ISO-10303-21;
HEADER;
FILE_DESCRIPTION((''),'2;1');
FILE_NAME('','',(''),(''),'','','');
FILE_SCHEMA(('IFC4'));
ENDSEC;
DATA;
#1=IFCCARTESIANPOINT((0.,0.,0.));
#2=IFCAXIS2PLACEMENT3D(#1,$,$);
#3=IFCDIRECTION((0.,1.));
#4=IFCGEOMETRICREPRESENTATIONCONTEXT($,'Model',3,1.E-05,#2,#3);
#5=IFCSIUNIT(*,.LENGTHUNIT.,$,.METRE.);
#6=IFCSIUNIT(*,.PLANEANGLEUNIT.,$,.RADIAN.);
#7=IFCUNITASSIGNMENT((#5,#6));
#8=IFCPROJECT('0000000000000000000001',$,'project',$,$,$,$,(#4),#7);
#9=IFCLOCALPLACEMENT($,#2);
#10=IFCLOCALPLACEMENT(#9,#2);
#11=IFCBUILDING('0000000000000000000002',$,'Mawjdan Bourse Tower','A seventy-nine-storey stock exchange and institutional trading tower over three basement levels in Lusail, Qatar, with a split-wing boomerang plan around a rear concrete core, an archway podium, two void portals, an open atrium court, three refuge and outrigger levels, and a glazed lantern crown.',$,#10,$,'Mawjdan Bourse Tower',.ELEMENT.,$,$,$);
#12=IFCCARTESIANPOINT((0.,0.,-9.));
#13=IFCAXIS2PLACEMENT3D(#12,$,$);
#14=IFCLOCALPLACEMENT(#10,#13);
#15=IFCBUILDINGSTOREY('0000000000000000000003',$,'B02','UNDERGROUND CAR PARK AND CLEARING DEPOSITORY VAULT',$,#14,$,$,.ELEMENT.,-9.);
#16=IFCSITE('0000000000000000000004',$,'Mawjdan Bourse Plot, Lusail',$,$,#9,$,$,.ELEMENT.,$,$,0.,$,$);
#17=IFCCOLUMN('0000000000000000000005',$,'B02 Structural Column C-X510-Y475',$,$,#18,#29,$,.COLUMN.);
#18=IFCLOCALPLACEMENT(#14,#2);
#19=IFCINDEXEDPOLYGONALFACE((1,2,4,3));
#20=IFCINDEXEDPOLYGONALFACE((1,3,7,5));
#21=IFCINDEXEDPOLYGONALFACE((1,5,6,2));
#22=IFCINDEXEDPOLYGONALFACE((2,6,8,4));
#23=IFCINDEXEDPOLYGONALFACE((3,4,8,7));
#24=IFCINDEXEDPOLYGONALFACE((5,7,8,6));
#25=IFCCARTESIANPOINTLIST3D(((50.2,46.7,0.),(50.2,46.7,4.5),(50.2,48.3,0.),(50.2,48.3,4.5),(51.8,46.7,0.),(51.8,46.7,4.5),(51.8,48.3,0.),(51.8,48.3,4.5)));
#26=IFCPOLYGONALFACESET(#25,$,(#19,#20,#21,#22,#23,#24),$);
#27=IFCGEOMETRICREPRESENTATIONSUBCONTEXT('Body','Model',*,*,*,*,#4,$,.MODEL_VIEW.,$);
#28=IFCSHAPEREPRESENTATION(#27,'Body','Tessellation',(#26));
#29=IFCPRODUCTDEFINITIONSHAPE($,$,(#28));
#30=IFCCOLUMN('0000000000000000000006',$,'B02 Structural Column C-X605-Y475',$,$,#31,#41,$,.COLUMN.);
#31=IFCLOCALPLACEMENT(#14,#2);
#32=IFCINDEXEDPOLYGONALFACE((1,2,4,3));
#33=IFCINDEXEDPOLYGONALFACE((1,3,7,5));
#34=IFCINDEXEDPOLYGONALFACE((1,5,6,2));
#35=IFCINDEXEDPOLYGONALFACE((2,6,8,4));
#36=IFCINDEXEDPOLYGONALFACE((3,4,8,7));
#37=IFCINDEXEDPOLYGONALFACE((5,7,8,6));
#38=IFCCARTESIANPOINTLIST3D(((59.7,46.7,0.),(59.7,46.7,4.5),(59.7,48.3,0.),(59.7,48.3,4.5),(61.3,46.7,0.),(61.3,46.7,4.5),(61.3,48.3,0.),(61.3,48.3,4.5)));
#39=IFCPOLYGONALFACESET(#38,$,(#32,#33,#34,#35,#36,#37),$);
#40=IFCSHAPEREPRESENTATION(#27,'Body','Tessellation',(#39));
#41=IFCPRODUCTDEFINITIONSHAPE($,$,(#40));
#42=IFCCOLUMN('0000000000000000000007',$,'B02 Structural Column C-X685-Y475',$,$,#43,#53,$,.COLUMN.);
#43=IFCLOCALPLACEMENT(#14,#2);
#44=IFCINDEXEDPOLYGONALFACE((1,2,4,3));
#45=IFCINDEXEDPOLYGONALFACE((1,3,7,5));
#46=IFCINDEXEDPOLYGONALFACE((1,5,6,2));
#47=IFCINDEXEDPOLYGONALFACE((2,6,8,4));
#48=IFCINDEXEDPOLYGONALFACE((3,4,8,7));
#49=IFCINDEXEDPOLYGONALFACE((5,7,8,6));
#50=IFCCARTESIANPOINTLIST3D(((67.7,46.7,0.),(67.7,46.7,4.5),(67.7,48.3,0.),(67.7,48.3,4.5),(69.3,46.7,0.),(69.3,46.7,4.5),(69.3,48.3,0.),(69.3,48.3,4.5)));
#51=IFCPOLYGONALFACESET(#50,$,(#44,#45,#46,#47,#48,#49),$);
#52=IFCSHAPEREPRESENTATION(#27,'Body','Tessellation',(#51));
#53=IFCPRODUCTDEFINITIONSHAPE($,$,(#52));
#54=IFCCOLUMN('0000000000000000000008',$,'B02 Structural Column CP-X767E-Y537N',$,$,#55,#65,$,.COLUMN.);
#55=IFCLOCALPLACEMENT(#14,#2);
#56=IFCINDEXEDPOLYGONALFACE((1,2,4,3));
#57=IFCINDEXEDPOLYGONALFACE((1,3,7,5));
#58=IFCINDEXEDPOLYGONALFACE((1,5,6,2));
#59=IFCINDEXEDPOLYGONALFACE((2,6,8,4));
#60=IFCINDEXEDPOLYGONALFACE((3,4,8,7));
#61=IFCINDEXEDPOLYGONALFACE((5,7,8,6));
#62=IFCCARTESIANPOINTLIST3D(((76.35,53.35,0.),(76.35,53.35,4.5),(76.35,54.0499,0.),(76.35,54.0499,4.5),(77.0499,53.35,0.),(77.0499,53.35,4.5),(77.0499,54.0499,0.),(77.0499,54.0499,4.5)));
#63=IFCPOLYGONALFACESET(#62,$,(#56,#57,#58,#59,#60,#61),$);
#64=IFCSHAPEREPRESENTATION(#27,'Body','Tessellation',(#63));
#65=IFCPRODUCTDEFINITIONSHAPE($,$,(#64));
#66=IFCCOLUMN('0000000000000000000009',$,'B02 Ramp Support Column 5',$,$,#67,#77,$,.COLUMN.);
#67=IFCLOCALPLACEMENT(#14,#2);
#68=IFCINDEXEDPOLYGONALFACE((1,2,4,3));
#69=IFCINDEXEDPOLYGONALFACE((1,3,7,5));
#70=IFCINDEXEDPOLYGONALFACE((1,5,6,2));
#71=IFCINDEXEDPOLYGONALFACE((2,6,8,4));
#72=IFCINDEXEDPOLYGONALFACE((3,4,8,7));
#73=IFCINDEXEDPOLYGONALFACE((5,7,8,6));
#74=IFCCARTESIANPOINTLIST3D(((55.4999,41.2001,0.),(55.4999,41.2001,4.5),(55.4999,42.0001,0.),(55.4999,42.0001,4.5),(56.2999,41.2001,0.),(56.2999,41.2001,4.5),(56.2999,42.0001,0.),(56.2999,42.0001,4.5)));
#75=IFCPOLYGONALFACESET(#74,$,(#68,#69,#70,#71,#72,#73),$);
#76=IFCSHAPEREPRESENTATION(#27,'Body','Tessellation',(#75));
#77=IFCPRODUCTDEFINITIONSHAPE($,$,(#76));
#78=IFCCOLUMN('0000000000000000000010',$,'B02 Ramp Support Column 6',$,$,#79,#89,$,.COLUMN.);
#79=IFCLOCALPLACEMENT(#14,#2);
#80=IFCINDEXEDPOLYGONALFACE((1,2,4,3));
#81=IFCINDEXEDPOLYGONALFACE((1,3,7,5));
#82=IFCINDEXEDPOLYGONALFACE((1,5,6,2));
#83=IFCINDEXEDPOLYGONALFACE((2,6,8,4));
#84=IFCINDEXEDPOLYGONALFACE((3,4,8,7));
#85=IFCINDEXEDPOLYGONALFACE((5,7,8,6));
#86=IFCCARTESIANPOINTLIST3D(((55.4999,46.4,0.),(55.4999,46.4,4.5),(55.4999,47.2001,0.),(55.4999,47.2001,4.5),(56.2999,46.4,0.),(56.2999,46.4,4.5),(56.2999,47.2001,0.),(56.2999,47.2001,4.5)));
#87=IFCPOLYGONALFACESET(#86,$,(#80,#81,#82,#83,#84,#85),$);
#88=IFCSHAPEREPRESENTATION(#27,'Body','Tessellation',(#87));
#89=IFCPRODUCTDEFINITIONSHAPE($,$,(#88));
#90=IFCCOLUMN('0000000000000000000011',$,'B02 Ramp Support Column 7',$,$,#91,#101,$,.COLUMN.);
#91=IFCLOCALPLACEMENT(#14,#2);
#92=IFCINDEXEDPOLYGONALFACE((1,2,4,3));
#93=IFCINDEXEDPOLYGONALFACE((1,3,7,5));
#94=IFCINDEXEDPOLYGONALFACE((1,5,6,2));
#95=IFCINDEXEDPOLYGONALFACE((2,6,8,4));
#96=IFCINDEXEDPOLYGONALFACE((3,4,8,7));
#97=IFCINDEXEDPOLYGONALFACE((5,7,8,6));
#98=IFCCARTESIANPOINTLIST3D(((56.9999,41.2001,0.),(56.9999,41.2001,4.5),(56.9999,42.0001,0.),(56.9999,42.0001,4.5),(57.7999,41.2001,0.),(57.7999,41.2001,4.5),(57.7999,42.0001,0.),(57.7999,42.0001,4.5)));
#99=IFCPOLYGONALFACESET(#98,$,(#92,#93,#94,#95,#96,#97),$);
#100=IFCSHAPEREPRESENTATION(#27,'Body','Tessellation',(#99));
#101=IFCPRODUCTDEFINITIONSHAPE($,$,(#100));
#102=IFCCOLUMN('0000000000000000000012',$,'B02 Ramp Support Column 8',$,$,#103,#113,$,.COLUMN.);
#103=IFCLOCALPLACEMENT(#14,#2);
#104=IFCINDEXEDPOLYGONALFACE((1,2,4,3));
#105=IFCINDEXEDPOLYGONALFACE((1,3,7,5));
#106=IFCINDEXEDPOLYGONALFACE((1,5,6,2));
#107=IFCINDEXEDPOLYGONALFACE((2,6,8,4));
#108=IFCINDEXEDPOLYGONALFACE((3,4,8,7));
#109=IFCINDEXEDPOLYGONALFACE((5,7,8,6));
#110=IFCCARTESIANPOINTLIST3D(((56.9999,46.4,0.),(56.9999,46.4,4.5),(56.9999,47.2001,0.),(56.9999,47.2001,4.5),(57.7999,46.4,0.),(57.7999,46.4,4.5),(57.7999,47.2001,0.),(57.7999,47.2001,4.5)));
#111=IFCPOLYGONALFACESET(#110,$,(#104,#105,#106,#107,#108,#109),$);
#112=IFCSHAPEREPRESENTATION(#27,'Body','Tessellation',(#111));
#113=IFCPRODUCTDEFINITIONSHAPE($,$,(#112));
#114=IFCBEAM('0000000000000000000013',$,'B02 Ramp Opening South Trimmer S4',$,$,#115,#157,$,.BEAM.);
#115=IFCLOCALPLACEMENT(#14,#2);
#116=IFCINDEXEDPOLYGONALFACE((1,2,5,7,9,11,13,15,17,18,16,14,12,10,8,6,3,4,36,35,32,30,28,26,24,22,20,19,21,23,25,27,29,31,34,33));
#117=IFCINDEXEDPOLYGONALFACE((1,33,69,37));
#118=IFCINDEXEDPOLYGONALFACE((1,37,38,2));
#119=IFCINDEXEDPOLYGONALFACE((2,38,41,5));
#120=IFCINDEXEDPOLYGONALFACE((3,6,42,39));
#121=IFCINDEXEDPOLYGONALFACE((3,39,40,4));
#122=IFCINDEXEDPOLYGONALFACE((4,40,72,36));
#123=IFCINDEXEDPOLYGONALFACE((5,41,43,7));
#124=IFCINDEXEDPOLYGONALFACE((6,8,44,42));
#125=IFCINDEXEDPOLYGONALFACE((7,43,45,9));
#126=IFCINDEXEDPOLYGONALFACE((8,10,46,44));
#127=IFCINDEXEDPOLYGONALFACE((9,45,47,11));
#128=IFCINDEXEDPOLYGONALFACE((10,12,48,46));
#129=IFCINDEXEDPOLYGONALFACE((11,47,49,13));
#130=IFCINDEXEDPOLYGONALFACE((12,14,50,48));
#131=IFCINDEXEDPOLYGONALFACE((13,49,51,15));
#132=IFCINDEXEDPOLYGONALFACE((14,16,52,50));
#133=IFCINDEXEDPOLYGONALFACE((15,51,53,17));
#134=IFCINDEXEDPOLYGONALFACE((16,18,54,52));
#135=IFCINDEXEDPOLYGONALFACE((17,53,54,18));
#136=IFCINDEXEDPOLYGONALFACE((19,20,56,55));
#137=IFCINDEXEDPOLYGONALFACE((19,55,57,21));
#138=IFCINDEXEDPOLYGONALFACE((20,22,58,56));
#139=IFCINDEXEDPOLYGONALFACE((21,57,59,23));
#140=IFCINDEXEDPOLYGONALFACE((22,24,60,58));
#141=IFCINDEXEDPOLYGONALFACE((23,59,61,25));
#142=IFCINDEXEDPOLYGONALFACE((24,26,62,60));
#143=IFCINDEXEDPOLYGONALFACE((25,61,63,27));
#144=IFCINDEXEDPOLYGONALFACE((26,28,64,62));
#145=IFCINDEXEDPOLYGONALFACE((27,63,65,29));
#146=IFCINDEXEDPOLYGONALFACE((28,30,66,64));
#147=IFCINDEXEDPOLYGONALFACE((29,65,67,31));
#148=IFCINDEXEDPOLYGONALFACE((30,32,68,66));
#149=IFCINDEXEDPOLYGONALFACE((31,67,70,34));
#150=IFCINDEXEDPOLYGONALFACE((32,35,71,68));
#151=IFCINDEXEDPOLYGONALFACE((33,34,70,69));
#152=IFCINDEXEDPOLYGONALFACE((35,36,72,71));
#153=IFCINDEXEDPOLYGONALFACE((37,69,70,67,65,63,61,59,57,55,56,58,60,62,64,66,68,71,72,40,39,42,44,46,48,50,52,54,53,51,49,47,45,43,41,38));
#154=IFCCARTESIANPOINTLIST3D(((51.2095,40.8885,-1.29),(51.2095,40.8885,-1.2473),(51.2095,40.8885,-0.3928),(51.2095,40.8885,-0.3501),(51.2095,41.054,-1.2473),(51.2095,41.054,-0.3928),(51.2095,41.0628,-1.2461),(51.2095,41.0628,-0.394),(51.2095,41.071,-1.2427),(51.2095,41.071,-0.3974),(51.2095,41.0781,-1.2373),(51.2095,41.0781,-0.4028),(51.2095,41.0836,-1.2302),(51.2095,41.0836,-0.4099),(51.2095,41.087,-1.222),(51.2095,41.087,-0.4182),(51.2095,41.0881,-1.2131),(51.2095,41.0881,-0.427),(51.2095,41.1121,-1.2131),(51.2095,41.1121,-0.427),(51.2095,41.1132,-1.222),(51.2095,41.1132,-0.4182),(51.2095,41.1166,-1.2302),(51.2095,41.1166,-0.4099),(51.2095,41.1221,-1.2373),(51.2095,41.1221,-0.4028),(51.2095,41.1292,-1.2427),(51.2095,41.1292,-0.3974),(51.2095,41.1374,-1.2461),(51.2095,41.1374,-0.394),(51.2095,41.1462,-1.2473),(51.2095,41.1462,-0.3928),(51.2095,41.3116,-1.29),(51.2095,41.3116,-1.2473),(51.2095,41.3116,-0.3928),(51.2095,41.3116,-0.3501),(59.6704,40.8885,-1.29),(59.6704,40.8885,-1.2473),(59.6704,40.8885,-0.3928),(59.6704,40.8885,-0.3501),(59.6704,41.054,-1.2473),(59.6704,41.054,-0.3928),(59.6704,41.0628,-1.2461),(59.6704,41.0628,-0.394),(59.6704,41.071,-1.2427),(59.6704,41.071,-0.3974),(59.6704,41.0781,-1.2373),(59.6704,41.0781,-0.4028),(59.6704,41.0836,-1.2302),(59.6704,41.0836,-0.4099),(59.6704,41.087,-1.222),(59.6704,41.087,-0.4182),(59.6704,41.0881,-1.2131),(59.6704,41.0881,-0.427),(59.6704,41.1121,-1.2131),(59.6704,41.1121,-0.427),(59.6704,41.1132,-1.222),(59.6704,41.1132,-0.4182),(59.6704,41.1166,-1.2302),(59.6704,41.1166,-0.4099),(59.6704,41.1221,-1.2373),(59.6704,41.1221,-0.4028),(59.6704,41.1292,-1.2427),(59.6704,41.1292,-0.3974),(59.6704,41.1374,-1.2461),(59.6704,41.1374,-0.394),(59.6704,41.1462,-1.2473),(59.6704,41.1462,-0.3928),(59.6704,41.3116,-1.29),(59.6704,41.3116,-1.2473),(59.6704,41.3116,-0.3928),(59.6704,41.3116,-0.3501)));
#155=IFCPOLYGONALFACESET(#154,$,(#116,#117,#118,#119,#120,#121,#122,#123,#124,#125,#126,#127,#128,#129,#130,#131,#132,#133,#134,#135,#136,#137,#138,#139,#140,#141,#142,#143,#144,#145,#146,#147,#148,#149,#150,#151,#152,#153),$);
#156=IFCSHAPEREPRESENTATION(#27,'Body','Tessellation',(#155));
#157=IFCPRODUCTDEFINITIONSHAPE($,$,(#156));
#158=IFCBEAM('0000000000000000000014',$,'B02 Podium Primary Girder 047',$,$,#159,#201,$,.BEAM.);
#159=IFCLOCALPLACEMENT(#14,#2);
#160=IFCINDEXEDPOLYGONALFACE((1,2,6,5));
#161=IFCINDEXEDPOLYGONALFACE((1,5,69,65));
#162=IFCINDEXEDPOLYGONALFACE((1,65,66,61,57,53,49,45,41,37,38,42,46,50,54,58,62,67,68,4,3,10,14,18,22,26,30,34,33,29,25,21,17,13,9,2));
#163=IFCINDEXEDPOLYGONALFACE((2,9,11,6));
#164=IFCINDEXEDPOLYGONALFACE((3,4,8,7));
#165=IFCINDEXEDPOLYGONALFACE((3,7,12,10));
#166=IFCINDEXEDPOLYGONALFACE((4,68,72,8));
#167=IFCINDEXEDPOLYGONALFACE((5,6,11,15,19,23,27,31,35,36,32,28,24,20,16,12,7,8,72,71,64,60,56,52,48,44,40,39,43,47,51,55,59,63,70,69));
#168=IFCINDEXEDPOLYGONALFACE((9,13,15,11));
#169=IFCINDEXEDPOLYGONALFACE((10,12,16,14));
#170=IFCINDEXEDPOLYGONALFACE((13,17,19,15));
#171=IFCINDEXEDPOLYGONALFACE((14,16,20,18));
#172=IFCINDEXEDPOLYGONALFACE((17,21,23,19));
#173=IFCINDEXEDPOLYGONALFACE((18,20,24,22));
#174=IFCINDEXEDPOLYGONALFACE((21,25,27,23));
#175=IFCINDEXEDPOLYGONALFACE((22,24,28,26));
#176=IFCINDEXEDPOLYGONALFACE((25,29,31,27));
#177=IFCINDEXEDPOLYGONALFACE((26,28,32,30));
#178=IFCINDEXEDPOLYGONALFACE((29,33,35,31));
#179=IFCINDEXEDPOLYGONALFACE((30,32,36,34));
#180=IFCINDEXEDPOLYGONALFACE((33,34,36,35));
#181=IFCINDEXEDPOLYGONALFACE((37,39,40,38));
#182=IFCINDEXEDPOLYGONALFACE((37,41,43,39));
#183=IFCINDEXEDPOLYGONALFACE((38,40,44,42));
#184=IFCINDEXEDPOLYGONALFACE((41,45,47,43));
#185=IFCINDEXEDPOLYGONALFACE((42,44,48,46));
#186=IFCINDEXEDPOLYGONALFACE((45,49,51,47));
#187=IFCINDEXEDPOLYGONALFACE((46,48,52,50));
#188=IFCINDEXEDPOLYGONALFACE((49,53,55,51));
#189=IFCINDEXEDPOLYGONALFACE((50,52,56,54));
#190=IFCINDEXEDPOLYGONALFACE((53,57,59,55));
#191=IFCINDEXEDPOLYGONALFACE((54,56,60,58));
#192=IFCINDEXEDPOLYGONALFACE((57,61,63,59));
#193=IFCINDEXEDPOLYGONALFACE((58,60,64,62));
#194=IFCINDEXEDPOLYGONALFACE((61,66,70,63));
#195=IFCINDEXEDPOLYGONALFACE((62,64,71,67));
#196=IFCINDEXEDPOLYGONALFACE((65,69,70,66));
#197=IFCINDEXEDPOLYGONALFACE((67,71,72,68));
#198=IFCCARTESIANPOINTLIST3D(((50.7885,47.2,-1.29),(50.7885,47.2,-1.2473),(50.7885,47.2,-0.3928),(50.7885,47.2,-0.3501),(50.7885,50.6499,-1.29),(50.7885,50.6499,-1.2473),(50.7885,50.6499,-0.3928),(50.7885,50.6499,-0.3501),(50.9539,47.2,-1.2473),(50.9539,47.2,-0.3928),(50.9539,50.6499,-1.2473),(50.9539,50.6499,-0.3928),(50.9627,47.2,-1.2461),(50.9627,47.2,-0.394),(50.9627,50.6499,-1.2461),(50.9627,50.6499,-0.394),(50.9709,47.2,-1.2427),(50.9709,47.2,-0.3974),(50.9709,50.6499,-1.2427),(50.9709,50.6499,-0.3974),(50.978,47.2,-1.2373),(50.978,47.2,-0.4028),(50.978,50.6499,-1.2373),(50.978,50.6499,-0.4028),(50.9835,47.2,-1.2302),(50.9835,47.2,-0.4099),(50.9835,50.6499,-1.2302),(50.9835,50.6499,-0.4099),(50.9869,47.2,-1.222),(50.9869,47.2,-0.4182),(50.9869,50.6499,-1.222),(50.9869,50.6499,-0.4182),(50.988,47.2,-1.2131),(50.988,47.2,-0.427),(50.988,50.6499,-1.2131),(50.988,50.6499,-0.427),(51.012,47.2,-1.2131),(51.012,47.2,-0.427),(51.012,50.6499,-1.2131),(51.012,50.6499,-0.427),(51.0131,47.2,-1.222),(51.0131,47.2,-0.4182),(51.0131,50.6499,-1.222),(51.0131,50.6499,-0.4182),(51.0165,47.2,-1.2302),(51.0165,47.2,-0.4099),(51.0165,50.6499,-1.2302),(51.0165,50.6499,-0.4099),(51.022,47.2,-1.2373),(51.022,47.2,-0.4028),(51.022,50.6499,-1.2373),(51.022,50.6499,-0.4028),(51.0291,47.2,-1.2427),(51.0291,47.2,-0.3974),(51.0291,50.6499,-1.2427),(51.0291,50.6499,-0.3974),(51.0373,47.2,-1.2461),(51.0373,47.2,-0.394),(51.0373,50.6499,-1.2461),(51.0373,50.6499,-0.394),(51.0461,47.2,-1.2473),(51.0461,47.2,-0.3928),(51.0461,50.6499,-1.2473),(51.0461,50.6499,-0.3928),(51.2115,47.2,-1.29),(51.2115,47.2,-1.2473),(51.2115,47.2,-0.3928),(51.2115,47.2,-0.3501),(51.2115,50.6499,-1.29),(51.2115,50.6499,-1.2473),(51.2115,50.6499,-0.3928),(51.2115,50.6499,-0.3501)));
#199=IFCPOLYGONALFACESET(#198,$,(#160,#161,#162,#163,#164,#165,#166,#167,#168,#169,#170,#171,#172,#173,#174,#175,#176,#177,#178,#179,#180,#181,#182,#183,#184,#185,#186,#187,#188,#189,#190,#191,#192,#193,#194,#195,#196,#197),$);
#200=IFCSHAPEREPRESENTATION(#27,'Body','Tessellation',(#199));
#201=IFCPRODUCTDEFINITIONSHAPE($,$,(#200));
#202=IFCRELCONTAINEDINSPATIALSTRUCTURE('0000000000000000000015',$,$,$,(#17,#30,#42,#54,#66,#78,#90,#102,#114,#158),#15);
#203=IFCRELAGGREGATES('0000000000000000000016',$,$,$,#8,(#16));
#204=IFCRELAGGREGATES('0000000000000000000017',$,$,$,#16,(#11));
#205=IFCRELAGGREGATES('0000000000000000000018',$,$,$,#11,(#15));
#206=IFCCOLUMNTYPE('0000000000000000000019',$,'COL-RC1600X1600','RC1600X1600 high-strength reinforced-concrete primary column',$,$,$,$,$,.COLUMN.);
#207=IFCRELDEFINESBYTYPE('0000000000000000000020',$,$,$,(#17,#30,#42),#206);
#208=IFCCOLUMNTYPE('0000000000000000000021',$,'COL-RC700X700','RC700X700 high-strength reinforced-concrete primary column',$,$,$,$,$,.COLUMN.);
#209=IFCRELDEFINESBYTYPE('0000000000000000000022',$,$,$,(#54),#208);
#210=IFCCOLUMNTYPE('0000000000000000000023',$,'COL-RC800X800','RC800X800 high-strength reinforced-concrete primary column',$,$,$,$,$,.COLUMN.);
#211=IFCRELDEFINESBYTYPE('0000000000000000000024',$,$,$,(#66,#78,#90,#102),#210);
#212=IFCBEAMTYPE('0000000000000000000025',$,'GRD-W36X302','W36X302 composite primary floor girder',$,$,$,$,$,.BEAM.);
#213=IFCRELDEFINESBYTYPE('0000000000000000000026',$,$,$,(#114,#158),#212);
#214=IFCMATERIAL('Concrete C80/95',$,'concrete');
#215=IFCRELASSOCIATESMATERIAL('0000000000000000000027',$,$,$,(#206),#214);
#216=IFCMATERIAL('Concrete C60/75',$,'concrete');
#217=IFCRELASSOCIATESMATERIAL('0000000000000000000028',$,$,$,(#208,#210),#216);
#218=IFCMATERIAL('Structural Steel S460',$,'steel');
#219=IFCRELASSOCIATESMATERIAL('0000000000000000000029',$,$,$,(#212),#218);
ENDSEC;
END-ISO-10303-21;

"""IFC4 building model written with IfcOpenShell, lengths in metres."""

from ifc_helpers import new_model, si_unit, direction, frame, origin, origin_2d, place, context, subcontext, project, spatial, rectangle, i_section, extrude, material, material_profile, profile_set, type_object, element, save


model = new_model("IFC4")

# Units and contexts
model_context = context("Model", 3, precision=1e-05, world=origin(), true_north=direction((0.0, 1.0)))
body_context = subcontext(model_context, "Body", "Model", "MODEL_VIEW")
ifc_project = project(units=[si_unit("LENGTHUNIT", "METRE"), si_unit("PLANEANGLEUNIT", "RADIAN")], contexts=[model_context])

# Site, building, storey
site_placement = place(None, origin())
site = spatial("IfcSite", under=ifc_project, at=site_placement, Name="Mawjdan Bourse Plot, Lusail", CompositionType="ELEMENT", RefElevation=0.0)
building_placement = place(site_placement, origin())
building = spatial("IfcBuilding", under=site, at=building_placement, Name="Mawjdan Bourse Tower", Description="A seventy-nine-storey stock exchange and institutional trading tower over three basement levels in Lusail, Qatar, with a split-wing boomerang plan around a rear concrete core, an archway podium, two void portals, an open atrium court, three refuge and outrigger levels, and a glazed lantern crown.", LongName="Mawjdan Bourse Tower", CompositionType="ELEMENT")
storey_placement = place(building_placement, frame((0.0, 0.0, -9.0)))
storey = spatial("IfcBuildingStorey", under=building, at=storey_placement, Name="B02", Description="UNDERGROUND CAR PARK AND CLEARING DEPOSITORY VAULT", CompositionType="ELEMENT", Elevation=-9.0)

# Columns
ifc_material_1 = material(Name="Concrete C80/95", Category="concrete")
ifc_material_profile_1 = material_profile(ifc_material_1, rectangle(XDim=1.6001, YDim=1.6001, at=origin_2d()), Name="RC1600X1600")
ifc_profile_set_1 = profile_set([ifc_material_profile_1], Name="Concrete C80/95")
column_type_1 = type_object("IfcColumnType", Name="COL-RC1600X1600", Description="RC1600X1600 high-strength reinforced-concrete primary column", PredefinedType="COLUMN", material=ifc_profile_set_1)
for number, where, z_axis, x_axis, name in (
    (1, (51.0, 47.5, 0.0), (0.0, 0.0, 1.0), (1.0, 0.0, 0.0), "B02 Structural Column C-X510-Y475"),
    (2, (60.5, 47.5, 0.0), (0.0, 0.0, 1.0), (1.0, 0.0, 0.0), "B02 Structural Column C-X605-Y475"),
    (3, (68.5, 47.5, 0.0), (0.0, 0.0, 1.0), (1.0, 0.0, 0.0), "B02 Structural Column C-X685-Y475"),
):
    element("IfcColumn", number, at=place(storey_placement, frame(where, z_axis=z_axis, x_axis=x_axis)), inside=storey, type_object=column_type_1, Name=name, PredefinedType="COLUMN", context=body_context, shape_type="SweptSolid", body=[
        extrude(rectangle(XDim=1.6001, YDim=1.6001, at=origin_2d()), origin(), (0.0, 0.0, 1.0), 4.5),
    ])
ifc_material_2 = material(Name="Concrete C60/75", Category="concrete")
ifc_material_profile_2 = material_profile(ifc_material_2, rectangle(XDim=0.7, YDim=0.7, at=origin_2d()), Name="RC700X700")
ifc_profile_set_2 = profile_set([ifc_material_profile_2], Name="Concrete C60/75")
column_type_2 = type_object("IfcColumnType", Name="COL-RC700X700", Description="RC700X700 high-strength reinforced-concrete primary column", PredefinedType="COLUMN", material=ifc_profile_set_2)
column_placement = place(storey_placement, frame((76.7, 53.7, 0.0), z_axis=(0.0, 0.0, 1.0), x_axis=(1.0, 0.0, 0.0)))
element("IfcColumn", 4, at=column_placement, inside=storey, type_object=column_type_2, Name="B02 Structural Column CP-X767E-Y537N", PredefinedType="COLUMN", context=body_context, shape_type="SweptSolid", body=[
    extrude(rectangle(XDim=0.7, YDim=0.7, at=origin_2d()), origin(), (0.0, 0.0, 1.0), 4.5),
])
ifc_material_profile_3 = material_profile(ifc_material_2, rectangle(XDim=0.8, YDim=0.8, at=origin_2d()), Name="RC800X800")
ifc_profile_set_3 = profile_set([ifc_material_profile_3], Name="Concrete C60/75")
column_type_3 = type_object("IfcColumnType", Name="COL-RC800X800", Description="RC800X800 high-strength reinforced-concrete primary column", PredefinedType="COLUMN", material=ifc_profile_set_3)
for number, where, z_axis, x_axis, name in (
    (5, (55.8999, 41.6001, 0.0), (0.0, 0.0, 1.0), (1.0, 0.0, 0.0), "B02 Ramp Support Column 5"),
    (6, (55.8999, 46.8, 0.0), (0.0, 0.0, 1.0), (1.0, 0.0, 0.0), "B02 Ramp Support Column 6"),
    (7, (57.3999, 41.6001, 0.0), (0.0, 0.0, 1.0), (1.0, 0.0, 0.0), "B02 Ramp Support Column 7"),
    (8, (57.3999, 46.8, 0.0), (0.0, 0.0, 1.0), (1.0, 0.0, 0.0), "B02 Ramp Support Column 8"),
):
    element("IfcColumn", number, at=place(storey_placement, frame(where, z_axis=z_axis, x_axis=x_axis)), inside=storey, type_object=column_type_3, Name=name, PredefinedType="COLUMN", context=body_context, shape_type="SweptSolid", body=[
        extrude(rectangle(XDim=0.8, YDim=0.8, at=origin_2d()), origin(), (0.0, 0.0, 1.0), 4.5),
    ])

# Beams
ifc_material_3 = material(Name="Structural Steel S460", Category="steel")
ifc_material_profile_4 = material_profile(ifc_material_3, i_section(OverallWidth=0.4231, OverallDepth=0.9399, WebThickness=0.0239, FlangeThickness=0.0427, FilletRadius=0.0342, at=origin_2d()), Name="W36X302")
ifc_profile_set_4 = profile_set([ifc_material_profile_4], Name="Structural Steel S460")
beam_type_1 = type_object("IfcBeamType", Name="GRD-W36X302", Description="W36X302 composite primary floor girder", PredefinedType="BEAM", material=ifc_profile_set_4)
beam_1_placement = place(storey_placement, frame((51.2095, 41.1001, -0.8201), z_axis=(1.0, 0.0, 0.0), x_axis=(0.0, 1.0, 0.0)))
element("IfcBeam", 9, at=beam_1_placement, inside=storey, type_object=beam_type_1, Name="B02 Ramp Opening South Trimmer S4", PredefinedType="BEAM", context=body_context, shape_type="SweptSolid", body=[
    extrude(i_section(OverallWidth=0.4231, OverallDepth=0.9399, WebThickness=0.0239, FlangeThickness=0.0427, FilletRadius=0.0342, at=origin_2d()), origin(), (0.0, 0.0, 1.0), 8.4609),
])
beam_2_placement = place(storey_placement, frame((51.0, 47.2, -0.8201), z_axis=(0.0, 1.0, 0.0), x_axis=(-1.0, 0.0, 0.0)))
element("IfcBeam", 10, at=beam_2_placement, inside=storey, type_object=beam_type_1, Name="B02 Podium Primary Girder 047", PredefinedType="BEAM", context=body_context, shape_type="SweptSolid", body=[
    extrude(i_section(OverallWidth=0.4231, OverallDepth=0.9399, WebThickness=0.0239, FlangeThickness=0.0427, FilletRadius=0.0342, at=origin_2d()), origin(), (0.0, 0.0, 1.0), 3.45),
])

save(model, "model.ifc")
